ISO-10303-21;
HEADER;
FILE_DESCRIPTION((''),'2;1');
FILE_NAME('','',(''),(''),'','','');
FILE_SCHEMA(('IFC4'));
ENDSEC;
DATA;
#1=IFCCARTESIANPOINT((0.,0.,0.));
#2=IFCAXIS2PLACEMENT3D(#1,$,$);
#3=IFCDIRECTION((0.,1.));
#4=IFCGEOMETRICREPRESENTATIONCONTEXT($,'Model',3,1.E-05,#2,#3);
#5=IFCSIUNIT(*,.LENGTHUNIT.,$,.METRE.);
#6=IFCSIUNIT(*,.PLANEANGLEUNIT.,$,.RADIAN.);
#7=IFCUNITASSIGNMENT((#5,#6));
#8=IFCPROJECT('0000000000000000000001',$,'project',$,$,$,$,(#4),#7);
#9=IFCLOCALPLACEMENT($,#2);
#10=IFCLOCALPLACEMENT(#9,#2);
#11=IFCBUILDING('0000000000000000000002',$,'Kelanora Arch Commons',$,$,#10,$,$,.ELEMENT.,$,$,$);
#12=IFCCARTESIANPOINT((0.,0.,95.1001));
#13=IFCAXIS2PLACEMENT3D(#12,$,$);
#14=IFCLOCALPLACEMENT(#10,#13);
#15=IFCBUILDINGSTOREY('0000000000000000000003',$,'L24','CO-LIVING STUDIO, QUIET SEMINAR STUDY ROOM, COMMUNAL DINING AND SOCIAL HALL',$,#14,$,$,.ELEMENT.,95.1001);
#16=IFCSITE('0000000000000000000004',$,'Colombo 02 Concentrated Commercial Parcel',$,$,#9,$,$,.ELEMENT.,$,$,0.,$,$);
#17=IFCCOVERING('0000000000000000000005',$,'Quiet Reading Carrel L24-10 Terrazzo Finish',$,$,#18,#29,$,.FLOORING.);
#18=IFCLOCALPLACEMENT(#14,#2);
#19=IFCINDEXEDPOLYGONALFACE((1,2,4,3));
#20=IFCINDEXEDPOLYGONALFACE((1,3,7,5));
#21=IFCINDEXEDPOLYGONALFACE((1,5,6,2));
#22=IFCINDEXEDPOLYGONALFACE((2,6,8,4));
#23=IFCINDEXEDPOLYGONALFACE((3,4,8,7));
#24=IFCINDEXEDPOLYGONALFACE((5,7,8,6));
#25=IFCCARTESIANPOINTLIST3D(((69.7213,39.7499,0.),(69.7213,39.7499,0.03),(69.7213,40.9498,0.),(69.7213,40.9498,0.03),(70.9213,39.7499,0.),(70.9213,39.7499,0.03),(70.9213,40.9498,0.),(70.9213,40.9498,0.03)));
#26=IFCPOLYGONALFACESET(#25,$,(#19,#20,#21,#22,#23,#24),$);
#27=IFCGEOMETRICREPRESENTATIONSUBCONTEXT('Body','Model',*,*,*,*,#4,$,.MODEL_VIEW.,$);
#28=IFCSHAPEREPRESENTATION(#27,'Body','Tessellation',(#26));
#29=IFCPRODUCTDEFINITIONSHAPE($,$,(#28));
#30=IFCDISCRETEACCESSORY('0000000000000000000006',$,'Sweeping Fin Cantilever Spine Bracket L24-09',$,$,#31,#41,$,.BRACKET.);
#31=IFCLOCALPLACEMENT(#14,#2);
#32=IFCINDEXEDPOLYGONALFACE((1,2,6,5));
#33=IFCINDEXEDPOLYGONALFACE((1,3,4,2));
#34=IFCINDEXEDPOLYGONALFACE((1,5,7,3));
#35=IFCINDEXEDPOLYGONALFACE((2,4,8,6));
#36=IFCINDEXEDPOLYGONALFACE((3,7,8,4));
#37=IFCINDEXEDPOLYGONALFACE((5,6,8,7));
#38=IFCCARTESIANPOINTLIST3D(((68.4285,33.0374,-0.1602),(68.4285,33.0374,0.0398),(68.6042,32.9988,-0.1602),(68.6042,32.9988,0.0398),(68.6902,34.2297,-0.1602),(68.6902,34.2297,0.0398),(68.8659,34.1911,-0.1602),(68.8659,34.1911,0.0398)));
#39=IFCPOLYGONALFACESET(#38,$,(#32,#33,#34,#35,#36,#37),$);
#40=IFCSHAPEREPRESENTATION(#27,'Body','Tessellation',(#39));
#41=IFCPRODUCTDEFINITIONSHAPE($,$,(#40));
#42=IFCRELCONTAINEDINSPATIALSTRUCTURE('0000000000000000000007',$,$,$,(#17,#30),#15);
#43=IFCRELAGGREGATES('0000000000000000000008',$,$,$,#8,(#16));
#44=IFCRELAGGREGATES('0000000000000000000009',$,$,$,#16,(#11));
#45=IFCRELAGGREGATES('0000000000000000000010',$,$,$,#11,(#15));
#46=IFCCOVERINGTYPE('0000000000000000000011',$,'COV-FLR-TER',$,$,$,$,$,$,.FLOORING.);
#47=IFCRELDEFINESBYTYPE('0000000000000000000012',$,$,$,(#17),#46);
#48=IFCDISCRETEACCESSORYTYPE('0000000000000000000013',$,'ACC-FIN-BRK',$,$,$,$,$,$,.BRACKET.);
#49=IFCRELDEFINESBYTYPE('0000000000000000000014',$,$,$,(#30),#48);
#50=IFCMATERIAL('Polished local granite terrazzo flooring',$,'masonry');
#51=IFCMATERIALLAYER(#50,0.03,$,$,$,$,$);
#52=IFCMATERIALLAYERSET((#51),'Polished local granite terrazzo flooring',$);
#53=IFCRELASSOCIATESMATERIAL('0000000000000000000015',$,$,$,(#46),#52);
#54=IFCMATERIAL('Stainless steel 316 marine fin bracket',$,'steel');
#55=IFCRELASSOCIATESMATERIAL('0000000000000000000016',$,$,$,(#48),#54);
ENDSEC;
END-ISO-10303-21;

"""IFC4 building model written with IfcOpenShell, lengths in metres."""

from ifc_helpers import new_model, si_unit, direction, frame, origin, origin_2d, place, context, subcontext, project, spatial, rectangle, extrude, source, transform, mapped, material, layer, layer_set, type_object, element, save


model = new_model("IFC4")

# Units and contexts
model_context = context("Model", 3, precision=1e-05, world=origin(), true_north=direction((0.0, 1.0)))
body_context = subcontext(model_context, "Body", "Model", "MODEL_VIEW")
ifc_project = project(units=[si_unit("LENGTHUNIT", "METRE"), si_unit("PLANEANGLEUNIT", "RADIAN")], contexts=[model_context])

# Site, building, storey
site_placement = place(None, origin())
site = spatial("IfcSite", under=ifc_project, at=site_placement, Name="Colombo 02 Concentrated Commercial Parcel", CompositionType="ELEMENT", RefElevation=0.0)
building_placement = place(site_placement, origin())
building = spatial("IfcBuilding", under=site, at=building_placement, Name="Kelanora Arch Commons", CompositionType="ELEMENT")
storey_placement = place(building_placement, frame((0.0, 0.0, 95.1001)))
storey = spatial("IfcBuildingStorey", under=building, at=storey_placement, Name="L24", Description="CO-LIVING STUDIO, QUIET SEMINAR STUDY ROOM, COMMUNAL DINING AND SOCIAL HALL", CompositionType="ELEMENT", Elevation=95.1001)

# Covering
ifc_material_1 = material(Name="Polished local granite terrazzo flooring", Category="masonry")
ifc_layer_1 = layer(ifc_material_1, 0.03)
ifc_layer_set_1 = layer_set([ifc_layer_1], Name="Polished local granite terrazzo flooring")
covering_type = type_object("IfcCoveringType", Name="COV-FLR-TER", PredefinedType="FLOORING", material=ifc_layer_set_1)
shared_shape_1 = source(origin(), body_context, "Body", "SweptSolid", [
    extrude(rectangle(XDim=1.2, YDim=1.2, at=origin_2d()), origin(), (0.0, 0.0, 1.0), 0.03),
])
covering_placement = place(storey_placement, frame((70.3213, 40.3499, 0.0), z_axis=(0.0, 0.0, 1.0), x_axis=(1.0, 0.0, 0.0)))
element("IfcCovering", 1, at=covering_placement, inside=storey, type_object=covering_type, Name="Quiet Reading Carrel L24-10 Terrazzo Finish", PredefinedType="FLOORING", context=body_context, shape_type="MappedRepresentation", body=[
    mapped(shared_shape_1, transform((0.0, 0.0, 0.0), scale=1.0)),
])

# Discrete accessory
ifc_material_2 = material(Name="Stainless steel 316 marine fin bracket", Category="steel")
discrete_accessory_type = type_object("IfcDiscreteAccessoryType", Name="ACC-FIN-BRK", PredefinedType="BRACKET", material=ifc_material_2)
shared_shape_2 = source(origin(), body_context, "Body", "SweptSolid", [
    extrude(rectangle(XDim=1.2207, YDim=0.1799, at=origin_2d()), origin(), (0.0, 0.0, 1.0), 0.2),
])
discrete_accessory_placement = place(storey_placement, frame((68.6472, 33.6143, -0.1602), z_axis=(0.0, 0.0, 1.0), x_axis=(-0.214394, -0.976747, 0.0)))
element("IfcDiscreteAccessory", 2, at=discrete_accessory_placement, inside=storey, type_object=discrete_accessory_type, Name="Sweeping Fin Cantilever Spine Bracket L24-09", PredefinedType="BRACKET", context=body_context, shape_type="MappedRepresentation", body=[
    mapped(shared_shape_2, transform((0.0, 0.0, 0.0), scale=1.0)),
])

save(model, "model.ifc")
